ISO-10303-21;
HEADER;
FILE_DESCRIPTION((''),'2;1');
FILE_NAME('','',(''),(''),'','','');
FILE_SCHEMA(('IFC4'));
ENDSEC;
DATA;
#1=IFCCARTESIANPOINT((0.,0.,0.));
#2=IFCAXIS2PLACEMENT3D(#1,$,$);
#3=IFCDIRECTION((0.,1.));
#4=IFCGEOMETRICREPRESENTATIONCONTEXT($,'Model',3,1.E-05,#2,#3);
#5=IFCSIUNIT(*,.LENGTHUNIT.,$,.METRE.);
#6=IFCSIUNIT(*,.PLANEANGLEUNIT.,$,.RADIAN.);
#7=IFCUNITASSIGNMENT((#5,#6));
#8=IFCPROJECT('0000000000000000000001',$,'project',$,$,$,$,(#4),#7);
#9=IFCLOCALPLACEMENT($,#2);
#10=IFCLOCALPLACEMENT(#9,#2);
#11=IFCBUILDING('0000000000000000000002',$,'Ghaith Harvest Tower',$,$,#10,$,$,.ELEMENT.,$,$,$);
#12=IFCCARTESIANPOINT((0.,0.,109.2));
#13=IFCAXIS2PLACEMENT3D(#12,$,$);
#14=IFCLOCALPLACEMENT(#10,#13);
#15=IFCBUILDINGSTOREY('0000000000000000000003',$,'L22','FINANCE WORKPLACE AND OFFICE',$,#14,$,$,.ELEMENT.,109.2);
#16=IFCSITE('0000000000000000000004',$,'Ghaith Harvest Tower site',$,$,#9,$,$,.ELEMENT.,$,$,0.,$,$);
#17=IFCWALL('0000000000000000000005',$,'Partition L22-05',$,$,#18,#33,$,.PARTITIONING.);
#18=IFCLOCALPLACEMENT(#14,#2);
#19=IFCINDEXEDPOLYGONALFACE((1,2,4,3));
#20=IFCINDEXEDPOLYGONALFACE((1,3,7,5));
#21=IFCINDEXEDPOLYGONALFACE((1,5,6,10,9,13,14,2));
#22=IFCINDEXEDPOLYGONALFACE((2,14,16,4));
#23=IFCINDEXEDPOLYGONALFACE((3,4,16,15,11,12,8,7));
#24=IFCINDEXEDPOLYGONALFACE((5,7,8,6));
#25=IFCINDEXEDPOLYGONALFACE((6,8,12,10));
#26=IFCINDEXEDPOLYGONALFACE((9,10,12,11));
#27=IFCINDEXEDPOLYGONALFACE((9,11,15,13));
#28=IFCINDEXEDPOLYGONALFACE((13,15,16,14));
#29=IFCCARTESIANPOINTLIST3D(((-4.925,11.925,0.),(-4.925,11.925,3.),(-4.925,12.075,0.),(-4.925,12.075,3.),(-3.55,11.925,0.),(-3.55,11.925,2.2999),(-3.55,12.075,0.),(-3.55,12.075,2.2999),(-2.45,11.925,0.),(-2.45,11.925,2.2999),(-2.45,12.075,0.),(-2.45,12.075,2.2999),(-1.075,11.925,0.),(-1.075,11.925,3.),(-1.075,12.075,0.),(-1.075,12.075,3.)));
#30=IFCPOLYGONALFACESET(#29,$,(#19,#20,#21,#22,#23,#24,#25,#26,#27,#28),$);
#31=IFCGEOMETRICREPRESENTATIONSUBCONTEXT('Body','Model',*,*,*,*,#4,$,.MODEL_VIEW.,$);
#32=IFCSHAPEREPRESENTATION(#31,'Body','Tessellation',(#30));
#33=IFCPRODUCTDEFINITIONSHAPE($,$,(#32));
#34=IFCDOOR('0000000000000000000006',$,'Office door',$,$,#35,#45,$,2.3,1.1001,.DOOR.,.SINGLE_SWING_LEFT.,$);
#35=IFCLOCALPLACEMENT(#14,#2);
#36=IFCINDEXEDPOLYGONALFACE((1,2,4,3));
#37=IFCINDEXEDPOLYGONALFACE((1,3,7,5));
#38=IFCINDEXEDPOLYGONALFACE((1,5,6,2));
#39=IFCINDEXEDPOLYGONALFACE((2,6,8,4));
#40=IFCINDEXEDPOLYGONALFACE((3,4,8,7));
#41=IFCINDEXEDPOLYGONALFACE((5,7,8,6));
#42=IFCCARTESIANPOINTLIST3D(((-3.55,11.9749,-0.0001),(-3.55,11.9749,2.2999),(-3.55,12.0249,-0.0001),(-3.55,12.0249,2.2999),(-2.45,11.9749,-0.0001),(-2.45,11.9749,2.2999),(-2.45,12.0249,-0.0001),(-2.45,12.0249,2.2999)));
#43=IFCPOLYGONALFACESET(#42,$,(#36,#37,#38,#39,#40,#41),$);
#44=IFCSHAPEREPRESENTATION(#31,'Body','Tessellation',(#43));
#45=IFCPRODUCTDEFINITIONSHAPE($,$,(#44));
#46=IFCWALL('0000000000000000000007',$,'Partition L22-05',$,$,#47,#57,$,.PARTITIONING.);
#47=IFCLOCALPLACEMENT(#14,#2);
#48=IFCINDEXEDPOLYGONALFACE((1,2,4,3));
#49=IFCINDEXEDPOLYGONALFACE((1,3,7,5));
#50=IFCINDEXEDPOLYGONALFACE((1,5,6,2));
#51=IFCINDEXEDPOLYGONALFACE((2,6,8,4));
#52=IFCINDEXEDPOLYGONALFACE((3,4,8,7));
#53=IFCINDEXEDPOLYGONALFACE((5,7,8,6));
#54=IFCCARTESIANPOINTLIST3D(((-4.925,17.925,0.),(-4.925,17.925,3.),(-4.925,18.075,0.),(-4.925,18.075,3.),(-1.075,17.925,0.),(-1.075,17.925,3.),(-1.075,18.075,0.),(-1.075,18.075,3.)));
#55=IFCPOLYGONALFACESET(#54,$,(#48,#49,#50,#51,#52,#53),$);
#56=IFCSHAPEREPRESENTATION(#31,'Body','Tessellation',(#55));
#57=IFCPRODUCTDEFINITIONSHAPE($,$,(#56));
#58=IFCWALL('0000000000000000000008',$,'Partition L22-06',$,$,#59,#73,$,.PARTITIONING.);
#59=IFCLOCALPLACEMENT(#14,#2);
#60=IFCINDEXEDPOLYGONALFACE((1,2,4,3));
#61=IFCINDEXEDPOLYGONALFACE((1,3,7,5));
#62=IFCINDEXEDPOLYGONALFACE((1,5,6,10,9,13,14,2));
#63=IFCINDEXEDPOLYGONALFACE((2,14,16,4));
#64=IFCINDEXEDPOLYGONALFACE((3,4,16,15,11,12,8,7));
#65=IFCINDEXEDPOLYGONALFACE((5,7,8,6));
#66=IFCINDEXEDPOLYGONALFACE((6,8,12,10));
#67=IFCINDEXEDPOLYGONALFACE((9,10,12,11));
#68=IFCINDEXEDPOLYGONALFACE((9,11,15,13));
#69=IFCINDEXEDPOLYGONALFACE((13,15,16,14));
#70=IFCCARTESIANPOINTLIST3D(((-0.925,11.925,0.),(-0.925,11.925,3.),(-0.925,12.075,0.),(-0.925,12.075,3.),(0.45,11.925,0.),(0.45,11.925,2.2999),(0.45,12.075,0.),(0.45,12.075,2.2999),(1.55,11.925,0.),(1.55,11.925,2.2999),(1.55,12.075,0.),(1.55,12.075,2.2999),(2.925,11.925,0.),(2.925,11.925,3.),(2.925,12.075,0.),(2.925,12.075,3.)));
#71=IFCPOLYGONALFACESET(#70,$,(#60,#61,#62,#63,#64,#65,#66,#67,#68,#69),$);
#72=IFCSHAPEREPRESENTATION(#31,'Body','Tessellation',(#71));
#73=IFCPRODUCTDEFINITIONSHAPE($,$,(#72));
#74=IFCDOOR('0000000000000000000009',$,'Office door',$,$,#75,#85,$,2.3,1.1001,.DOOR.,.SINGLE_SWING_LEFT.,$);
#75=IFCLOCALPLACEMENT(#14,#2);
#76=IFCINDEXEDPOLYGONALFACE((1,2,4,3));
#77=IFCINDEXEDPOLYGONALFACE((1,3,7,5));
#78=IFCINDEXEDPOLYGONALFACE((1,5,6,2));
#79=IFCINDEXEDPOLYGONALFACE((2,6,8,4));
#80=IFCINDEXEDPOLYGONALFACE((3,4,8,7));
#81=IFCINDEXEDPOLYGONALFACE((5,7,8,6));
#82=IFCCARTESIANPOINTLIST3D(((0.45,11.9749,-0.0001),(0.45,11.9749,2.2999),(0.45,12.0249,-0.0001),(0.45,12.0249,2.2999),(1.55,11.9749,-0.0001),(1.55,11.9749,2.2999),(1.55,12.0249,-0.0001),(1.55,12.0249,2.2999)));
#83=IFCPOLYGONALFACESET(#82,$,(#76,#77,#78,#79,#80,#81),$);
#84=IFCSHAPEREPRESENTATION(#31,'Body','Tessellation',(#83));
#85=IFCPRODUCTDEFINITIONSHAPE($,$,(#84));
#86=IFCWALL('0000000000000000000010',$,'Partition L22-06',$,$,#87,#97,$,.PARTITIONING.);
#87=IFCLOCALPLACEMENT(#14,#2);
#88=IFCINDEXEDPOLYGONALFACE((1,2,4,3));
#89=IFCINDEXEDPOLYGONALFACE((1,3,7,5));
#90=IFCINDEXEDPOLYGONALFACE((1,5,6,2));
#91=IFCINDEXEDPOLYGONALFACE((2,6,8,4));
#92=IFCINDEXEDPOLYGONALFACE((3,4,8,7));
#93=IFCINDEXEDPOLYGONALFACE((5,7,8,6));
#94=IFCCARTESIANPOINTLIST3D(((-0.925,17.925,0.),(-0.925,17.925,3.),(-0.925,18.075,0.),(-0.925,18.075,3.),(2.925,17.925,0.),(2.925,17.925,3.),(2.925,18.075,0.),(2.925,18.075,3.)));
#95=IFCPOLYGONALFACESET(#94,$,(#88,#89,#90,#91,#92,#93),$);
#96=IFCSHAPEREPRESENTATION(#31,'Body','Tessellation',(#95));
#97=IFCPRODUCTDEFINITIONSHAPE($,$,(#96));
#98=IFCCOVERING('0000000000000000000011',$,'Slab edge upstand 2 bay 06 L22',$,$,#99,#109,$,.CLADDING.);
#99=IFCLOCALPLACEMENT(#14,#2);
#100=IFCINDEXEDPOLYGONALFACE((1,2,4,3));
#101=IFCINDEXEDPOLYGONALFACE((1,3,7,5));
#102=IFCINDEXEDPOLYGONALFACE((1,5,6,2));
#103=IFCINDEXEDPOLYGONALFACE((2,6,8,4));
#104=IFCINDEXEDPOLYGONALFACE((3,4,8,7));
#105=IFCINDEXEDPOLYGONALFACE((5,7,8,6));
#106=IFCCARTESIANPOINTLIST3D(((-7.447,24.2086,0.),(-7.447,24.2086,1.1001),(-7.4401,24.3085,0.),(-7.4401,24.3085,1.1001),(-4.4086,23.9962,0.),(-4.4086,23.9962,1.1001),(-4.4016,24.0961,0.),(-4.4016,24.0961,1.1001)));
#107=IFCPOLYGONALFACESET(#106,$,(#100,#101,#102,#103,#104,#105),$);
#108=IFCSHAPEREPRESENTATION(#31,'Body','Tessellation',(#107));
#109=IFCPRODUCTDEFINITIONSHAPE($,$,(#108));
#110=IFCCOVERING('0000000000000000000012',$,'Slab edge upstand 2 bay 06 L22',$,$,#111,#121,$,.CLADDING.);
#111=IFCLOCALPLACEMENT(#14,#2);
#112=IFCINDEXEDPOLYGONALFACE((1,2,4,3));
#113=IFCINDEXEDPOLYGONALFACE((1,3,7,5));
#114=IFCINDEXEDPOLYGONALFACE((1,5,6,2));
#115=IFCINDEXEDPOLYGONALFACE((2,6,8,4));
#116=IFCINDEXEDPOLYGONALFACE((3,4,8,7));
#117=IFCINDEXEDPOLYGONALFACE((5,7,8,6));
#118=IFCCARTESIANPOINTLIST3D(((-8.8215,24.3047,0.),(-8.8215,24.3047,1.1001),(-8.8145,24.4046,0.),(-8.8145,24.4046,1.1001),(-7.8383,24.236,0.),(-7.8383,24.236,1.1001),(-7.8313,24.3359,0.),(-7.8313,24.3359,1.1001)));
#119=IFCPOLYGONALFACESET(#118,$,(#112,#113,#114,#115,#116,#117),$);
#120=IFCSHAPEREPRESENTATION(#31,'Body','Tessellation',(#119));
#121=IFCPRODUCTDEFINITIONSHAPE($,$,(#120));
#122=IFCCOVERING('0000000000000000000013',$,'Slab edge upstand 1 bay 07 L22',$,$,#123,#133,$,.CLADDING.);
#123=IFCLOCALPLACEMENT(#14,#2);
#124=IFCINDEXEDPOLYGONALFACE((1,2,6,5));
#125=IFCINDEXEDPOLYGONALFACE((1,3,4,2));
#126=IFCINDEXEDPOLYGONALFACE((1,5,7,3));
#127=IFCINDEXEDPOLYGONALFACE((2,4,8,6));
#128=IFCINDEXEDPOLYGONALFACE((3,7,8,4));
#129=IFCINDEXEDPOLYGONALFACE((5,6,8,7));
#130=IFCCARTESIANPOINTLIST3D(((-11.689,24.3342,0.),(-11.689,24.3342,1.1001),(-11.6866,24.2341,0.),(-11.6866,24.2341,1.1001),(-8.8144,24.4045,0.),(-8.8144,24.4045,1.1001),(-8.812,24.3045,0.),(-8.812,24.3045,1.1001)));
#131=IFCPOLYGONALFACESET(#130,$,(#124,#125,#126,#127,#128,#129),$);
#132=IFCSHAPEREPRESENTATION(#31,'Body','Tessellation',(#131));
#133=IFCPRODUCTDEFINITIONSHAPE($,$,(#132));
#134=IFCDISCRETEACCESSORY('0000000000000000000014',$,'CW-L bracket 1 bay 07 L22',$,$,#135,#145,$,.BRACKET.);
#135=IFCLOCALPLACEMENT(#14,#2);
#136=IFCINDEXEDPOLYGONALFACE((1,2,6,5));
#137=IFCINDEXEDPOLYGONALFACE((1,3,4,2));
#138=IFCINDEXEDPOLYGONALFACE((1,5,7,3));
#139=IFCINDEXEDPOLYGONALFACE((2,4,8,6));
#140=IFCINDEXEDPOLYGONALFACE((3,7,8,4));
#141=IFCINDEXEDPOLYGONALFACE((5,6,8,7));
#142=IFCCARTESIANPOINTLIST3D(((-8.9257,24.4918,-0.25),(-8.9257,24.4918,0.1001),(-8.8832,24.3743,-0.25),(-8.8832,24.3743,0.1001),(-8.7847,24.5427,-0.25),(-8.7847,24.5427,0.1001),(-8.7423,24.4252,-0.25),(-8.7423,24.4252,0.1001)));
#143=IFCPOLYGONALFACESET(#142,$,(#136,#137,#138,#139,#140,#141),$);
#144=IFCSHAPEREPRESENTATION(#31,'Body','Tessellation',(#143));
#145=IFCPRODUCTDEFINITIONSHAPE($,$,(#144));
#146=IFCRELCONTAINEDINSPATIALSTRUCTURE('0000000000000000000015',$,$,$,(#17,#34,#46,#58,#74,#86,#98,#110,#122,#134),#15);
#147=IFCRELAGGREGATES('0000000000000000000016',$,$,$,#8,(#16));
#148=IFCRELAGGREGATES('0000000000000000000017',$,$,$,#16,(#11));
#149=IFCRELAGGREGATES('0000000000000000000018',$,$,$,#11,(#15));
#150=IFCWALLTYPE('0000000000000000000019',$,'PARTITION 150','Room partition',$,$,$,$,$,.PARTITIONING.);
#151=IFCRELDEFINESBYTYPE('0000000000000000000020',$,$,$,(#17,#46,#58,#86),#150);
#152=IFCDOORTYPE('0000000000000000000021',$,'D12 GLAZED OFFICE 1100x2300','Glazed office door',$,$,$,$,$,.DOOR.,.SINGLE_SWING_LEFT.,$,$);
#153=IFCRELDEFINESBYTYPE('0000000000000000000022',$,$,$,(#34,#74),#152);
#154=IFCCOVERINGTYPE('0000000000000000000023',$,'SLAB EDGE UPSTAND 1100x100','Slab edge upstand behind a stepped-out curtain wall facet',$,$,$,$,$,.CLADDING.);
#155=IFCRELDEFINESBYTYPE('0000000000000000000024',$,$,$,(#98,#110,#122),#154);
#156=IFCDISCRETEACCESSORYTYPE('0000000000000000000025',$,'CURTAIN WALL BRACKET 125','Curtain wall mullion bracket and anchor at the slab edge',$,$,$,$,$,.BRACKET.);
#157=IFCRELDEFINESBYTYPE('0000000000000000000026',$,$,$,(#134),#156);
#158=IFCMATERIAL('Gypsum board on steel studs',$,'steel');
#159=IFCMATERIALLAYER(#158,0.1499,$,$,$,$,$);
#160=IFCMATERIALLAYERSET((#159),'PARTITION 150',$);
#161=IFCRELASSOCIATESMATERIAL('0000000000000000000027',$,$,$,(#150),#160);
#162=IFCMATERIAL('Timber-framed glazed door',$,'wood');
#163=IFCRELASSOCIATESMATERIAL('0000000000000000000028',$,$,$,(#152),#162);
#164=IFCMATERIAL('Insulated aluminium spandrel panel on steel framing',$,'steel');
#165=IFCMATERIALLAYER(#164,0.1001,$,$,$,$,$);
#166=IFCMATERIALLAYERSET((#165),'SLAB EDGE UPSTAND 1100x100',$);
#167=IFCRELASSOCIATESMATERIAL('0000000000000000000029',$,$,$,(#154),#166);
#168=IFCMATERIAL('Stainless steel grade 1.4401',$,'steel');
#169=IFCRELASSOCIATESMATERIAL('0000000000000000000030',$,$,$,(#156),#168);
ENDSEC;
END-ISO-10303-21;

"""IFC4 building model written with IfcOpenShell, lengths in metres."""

from ifc_helpers import new_model, si_unit, direction, frame, frame_2d, origin, origin_2d, place, context, subcontext, project, spatial, rectangle, extrude, material, layer, layer_set, type_object, element, fill, save


model = new_model("IFC4")

# Units and contexts
model_context = context("Model", 3, precision=1e-05, world=origin(), true_north=direction((0.0, 1.0)))
body_context = subcontext(model_context, "Body", "Model", "MODEL_VIEW")
ifc_project = project(units=[si_unit("LENGTHUNIT", "METRE"), si_unit("PLANEANGLEUNIT", "RADIAN")], contexts=[model_context])

# Site, building, storey
site_placement = place(None, origin())
site = spatial("IfcSite", under=ifc_project, at=site_placement, Name="Ghaith Harvest Tower site", CompositionType="ELEMENT", RefElevation=0.0)
building_placement = place(site_placement, origin())
building = spatial("IfcBuilding", under=site, at=building_placement, Name="Ghaith Harvest Tower", CompositionType="ELEMENT")
storey_placement = place(building_placement, frame((0.0, 0.0, 109.2)))
storey = spatial("IfcBuildingStorey", under=building, at=storey_placement, Name="L22", Description="FINANCE WORKPLACE AND OFFICE", CompositionType="ELEMENT", Elevation=109.2)

# Shared definitions
ifc_material_1 = material(Name="Gypsum board on steel studs", Category="steel")
ifc_layer_1 = layer(ifc_material_1, 0.1499)
ifc_layer_set_1 = layer_set([ifc_layer_1], Name="PARTITION 150")
wall_type = type_object("IfcWallType", Name="PARTITION 150", Description="Room partition", PredefinedType="PARTITIONING", material=ifc_layer_set_1)

# Shared definitions
ifc_material_2 = material(Name="Timber-framed glazed door", Category="wood")
door_type = type_object("IfcDoorType", Name="D12 GLAZED OFFICE 1100x2300", Description="Glazed office door", OperationType="SINGLE_SWING_LEFT", PredefinedType="DOOR", material=ifc_material_2)

# Wall, opening, door
wall_1_placement = place(storey_placement, frame((-4.925, 12.0, 0.0), z_axis=(0.0, 0.0, 1.0), x_axis=(1.0, 0.0, 0.0)))
wall_1 = element("IfcWall", 1, at=wall_1_placement, inside=storey, type_object=wall_type, Name="Partition L22-05", PredefinedType="PARTITIONING", context=body_context, shape_type="SweptSolid", body=[
    extrude(rectangle(XDim=3.8501, YDim=0.1499, at=frame_2d((1.925, 0.0))), origin(), (0.0, 0.0, 1.0), 3.0),
])
opening_1_placement = place(wall_1_placement, frame((1.375, 0.0, 0.0)))
opening_1 = element("IfcOpeningElement", 2, at=opening_1_placement, cuts=wall_1, PredefinedType="OPENING", context=body_context, shape_type="SweptSolid", body=[
    extrude(rectangle(XDim=1.1001, YDim=2.3, at=frame_2d((0.55, 1.1499))), frame((0.0, 0.085, 0.0), z_axis=(0.0, -1.0, 0.0), x_axis=(1.0, 0.0, 0.0)), (0.0, 0.0, 1.0), 0.1699),
])
door_1_placement = place(opening_1_placement, origin())
door_1 = element("IfcDoor", 3, at=door_1_placement, inside=storey, type_object=door_type, Name="Office door", OperationType="SINGLE_SWING_LEFT", OverallHeight=2.3, OverallWidth=1.1001, PredefinedType="DOOR", context=body_context, shape_type="SweptSolid", body=[
    extrude(rectangle(XDim=1.1001, YDim=2.3, at=frame_2d((0.55, 1.1499))), frame((0.0, 0.0249, 0.0), z_axis=(0.0, -1.0, 0.0), x_axis=(1.0, 0.0, 0.0)), (0.0, 0.0, 1.0), 0.05),
])
fill(opening_1, door_1)

# Wall
wall_2_placement = place(storey_placement, frame((-4.925, 18.0, 0.0), z_axis=(0.0, 0.0, 1.0), x_axis=(1.0, 0.0, 0.0)))
element("IfcWall", 4, at=wall_2_placement, inside=storey, type_object=wall_type, Name="Partition L22-05", PredefinedType="PARTITIONING", context=body_context, shape_type="SweptSolid", body=[
    extrude(rectangle(XDim=3.8501, YDim=0.1499, at=frame_2d((1.925, 0.0))), origin(), (0.0, 0.0, 1.0), 3.0),
])

# Wall, opening, door
wall_3_placement = place(storey_placement, frame((-0.925, 12.0, 0.0), z_axis=(0.0, 0.0, 1.0), x_axis=(1.0, 0.0, 0.0)))
wall_3 = element("IfcWall", 5, at=wall_3_placement, inside=storey, type_object=wall_type, Name="Partition L22-06", PredefinedType="PARTITIONING", context=body_context, shape_type="SweptSolid", body=[
    extrude(rectangle(XDim=3.8501, YDim=0.1499, at=frame_2d((1.925, 0.0))), origin(), (0.0, 0.0, 1.0), 3.0),
])
opening_2_placement = place(wall_3_placement, frame((1.375, 0.0, 0.0)))
opening_2 = element("IfcOpeningElement", 6, at=opening_2_placement, cuts=wall_3, PredefinedType="OPENING", context=body_context, shape_type="SweptSolid", body=[
    extrude(rectangle(XDim=1.1001, YDim=2.3, at=frame_2d((0.55, 1.1499))), frame((0.0, 0.085, 0.0), z_axis=(0.0, -1.0, 0.0), x_axis=(1.0, 0.0, 0.0)), (0.0, 0.0, 1.0), 0.1699),
])
door_2_placement = place(opening_2_placement, origin())
door_2 = element("IfcDoor", 7, at=door_2_placement, inside=storey, type_object=door_type, Name="Office door", OperationType="SINGLE_SWING_LEFT", OverallHeight=2.3, OverallWidth=1.1001, PredefinedType="DOOR", context=body_context, shape_type="SweptSolid", body=[
    extrude(rectangle(XDim=1.1001, YDim=2.3, at=frame_2d((0.55, 1.1499))), frame((0.0, 0.0249, 0.0), z_axis=(0.0, -1.0, 0.0), x_axis=(1.0, 0.0, 0.0)), (0.0, 0.0, 1.0), 0.05),
])
fill(opening_2, door_2)

# Wall
wall_4_placement = place(storey_placement, frame((-0.925, 18.0, 0.0), z_axis=(0.0, 0.0, 1.0), x_axis=(1.0, 0.0, 0.0)))
element("IfcWall", 8, at=wall_4_placement, inside=storey, type_object=wall_type, Name="Partition L22-06", PredefinedType="PARTITIONING", context=body_context, shape_type="SweptSolid", body=[
    extrude(rectangle(XDim=3.8501, YDim=0.1499, at=frame_2d((1.925, 0.0))), origin(), (0.0, 0.0, 1.0), 3.0),
])

# Coverings
ifc_material_3 = material(Name="Insulated aluminium spandrel panel on steel framing", Category="steel")
ifc_layer_2 = layer(ifc_material_3, 0.1001)
ifc_layer_set_2 = layer_set([ifc_layer_2], Name="SLAB EDGE UPSTAND 1100x100")
covering_type = type_object("IfcCoveringType", Name="SLAB EDGE UPSTAND 1100x100", Description="Slab edge upstand behind a stepped-out curtain wall facet", PredefinedType="CLADDING", material=ifc_layer_set_2)
covering_1_placement = place(storey_placement, frame((-5.9243, 24.1523, 0.0), z_axis=(0.0, 0.0, 1.0), x_axis=(-0.997566, 0.069726, 0.0)))
element("IfcCovering", 9, at=covering_1_placement, inside=storey, type_object=covering_type, Name="Slab edge upstand 2 bay 06 L22", PredefinedType="CLADDING", context=body_context, shape_type="SweptSolid", body=[
    extrude(rectangle(XDim=3.0459, YDim=0.1001, at=origin_2d()), origin(), (0.0, 0.0, 1.0), 1.1001),
])
covering_2_placement = place(storey_placement, frame((-8.3264, 24.3203, 0.0), z_axis=(0.0, 0.0, 1.0), x_axis=(-0.997566, 0.069726, 0.0)))
element("IfcCovering", 10, at=covering_2_placement, inside=storey, type_object=covering_type, Name="Slab edge upstand 2 bay 06 L22", PredefinedType="CLADDING", context=body_context, shape_type="SweptSolid", body=[
    extrude(rectangle(XDim=0.9856, YDim=0.1001, at=origin_2d()), origin(), (0.0, 0.0, 1.0), 1.1001),
])
covering_3_placement = place(storey_placement, frame((-10.2505, 24.3193, 0.0), z_axis=(0.0, 0.0, 1.0), x_axis=(-0.999701, -0.024458, 0.0)))
element("IfcCovering", 11, at=covering_3_placement, inside=storey, type_object=covering_type, Name="Slab edge upstand 1 bay 07 L22", PredefinedType="CLADDING", context=body_context, shape_type="SweptSolid", body=[
    extrude(rectangle(XDim=2.8755, YDim=0.1001, at=origin_2d()), origin(), (0.0, 0.0, 1.0), 1.1001),
])

# Discrete accessory
ifc_material_4 = material(Name="Stainless steel grade 1.4401", Category="steel")
discrete_accessory_type = type_object("IfcDiscreteAccessoryType", Name="CURTAIN WALL BRACKET 125", Description="Curtain wall mullion bracket and anchor at the slab edge", PredefinedType="BRACKET", material=ifc_material_4)
discrete_accessory_placement = place(storey_placement, frame((-8.834, 24.4585, -0.25), z_axis=(0.0, 0.0, 1.0), x_axis=(-0.339699, 0.940534, 0.0)))
element("IfcDiscreteAccessory", 12, at=discrete_accessory_placement, inside=storey, type_object=discrete_accessory_type, Name="CW-L bracket 1 bay 07 L22", PredefinedType="BRACKET", context=body_context, shape_type="SweptSolid", body=[
    extrude(rectangle(XDim=0.125, YDim=0.1499, at=origin_2d()), origin(), (0.0, 0.0, 1.0), 0.3501),
])

save(model, "model.ifc")
